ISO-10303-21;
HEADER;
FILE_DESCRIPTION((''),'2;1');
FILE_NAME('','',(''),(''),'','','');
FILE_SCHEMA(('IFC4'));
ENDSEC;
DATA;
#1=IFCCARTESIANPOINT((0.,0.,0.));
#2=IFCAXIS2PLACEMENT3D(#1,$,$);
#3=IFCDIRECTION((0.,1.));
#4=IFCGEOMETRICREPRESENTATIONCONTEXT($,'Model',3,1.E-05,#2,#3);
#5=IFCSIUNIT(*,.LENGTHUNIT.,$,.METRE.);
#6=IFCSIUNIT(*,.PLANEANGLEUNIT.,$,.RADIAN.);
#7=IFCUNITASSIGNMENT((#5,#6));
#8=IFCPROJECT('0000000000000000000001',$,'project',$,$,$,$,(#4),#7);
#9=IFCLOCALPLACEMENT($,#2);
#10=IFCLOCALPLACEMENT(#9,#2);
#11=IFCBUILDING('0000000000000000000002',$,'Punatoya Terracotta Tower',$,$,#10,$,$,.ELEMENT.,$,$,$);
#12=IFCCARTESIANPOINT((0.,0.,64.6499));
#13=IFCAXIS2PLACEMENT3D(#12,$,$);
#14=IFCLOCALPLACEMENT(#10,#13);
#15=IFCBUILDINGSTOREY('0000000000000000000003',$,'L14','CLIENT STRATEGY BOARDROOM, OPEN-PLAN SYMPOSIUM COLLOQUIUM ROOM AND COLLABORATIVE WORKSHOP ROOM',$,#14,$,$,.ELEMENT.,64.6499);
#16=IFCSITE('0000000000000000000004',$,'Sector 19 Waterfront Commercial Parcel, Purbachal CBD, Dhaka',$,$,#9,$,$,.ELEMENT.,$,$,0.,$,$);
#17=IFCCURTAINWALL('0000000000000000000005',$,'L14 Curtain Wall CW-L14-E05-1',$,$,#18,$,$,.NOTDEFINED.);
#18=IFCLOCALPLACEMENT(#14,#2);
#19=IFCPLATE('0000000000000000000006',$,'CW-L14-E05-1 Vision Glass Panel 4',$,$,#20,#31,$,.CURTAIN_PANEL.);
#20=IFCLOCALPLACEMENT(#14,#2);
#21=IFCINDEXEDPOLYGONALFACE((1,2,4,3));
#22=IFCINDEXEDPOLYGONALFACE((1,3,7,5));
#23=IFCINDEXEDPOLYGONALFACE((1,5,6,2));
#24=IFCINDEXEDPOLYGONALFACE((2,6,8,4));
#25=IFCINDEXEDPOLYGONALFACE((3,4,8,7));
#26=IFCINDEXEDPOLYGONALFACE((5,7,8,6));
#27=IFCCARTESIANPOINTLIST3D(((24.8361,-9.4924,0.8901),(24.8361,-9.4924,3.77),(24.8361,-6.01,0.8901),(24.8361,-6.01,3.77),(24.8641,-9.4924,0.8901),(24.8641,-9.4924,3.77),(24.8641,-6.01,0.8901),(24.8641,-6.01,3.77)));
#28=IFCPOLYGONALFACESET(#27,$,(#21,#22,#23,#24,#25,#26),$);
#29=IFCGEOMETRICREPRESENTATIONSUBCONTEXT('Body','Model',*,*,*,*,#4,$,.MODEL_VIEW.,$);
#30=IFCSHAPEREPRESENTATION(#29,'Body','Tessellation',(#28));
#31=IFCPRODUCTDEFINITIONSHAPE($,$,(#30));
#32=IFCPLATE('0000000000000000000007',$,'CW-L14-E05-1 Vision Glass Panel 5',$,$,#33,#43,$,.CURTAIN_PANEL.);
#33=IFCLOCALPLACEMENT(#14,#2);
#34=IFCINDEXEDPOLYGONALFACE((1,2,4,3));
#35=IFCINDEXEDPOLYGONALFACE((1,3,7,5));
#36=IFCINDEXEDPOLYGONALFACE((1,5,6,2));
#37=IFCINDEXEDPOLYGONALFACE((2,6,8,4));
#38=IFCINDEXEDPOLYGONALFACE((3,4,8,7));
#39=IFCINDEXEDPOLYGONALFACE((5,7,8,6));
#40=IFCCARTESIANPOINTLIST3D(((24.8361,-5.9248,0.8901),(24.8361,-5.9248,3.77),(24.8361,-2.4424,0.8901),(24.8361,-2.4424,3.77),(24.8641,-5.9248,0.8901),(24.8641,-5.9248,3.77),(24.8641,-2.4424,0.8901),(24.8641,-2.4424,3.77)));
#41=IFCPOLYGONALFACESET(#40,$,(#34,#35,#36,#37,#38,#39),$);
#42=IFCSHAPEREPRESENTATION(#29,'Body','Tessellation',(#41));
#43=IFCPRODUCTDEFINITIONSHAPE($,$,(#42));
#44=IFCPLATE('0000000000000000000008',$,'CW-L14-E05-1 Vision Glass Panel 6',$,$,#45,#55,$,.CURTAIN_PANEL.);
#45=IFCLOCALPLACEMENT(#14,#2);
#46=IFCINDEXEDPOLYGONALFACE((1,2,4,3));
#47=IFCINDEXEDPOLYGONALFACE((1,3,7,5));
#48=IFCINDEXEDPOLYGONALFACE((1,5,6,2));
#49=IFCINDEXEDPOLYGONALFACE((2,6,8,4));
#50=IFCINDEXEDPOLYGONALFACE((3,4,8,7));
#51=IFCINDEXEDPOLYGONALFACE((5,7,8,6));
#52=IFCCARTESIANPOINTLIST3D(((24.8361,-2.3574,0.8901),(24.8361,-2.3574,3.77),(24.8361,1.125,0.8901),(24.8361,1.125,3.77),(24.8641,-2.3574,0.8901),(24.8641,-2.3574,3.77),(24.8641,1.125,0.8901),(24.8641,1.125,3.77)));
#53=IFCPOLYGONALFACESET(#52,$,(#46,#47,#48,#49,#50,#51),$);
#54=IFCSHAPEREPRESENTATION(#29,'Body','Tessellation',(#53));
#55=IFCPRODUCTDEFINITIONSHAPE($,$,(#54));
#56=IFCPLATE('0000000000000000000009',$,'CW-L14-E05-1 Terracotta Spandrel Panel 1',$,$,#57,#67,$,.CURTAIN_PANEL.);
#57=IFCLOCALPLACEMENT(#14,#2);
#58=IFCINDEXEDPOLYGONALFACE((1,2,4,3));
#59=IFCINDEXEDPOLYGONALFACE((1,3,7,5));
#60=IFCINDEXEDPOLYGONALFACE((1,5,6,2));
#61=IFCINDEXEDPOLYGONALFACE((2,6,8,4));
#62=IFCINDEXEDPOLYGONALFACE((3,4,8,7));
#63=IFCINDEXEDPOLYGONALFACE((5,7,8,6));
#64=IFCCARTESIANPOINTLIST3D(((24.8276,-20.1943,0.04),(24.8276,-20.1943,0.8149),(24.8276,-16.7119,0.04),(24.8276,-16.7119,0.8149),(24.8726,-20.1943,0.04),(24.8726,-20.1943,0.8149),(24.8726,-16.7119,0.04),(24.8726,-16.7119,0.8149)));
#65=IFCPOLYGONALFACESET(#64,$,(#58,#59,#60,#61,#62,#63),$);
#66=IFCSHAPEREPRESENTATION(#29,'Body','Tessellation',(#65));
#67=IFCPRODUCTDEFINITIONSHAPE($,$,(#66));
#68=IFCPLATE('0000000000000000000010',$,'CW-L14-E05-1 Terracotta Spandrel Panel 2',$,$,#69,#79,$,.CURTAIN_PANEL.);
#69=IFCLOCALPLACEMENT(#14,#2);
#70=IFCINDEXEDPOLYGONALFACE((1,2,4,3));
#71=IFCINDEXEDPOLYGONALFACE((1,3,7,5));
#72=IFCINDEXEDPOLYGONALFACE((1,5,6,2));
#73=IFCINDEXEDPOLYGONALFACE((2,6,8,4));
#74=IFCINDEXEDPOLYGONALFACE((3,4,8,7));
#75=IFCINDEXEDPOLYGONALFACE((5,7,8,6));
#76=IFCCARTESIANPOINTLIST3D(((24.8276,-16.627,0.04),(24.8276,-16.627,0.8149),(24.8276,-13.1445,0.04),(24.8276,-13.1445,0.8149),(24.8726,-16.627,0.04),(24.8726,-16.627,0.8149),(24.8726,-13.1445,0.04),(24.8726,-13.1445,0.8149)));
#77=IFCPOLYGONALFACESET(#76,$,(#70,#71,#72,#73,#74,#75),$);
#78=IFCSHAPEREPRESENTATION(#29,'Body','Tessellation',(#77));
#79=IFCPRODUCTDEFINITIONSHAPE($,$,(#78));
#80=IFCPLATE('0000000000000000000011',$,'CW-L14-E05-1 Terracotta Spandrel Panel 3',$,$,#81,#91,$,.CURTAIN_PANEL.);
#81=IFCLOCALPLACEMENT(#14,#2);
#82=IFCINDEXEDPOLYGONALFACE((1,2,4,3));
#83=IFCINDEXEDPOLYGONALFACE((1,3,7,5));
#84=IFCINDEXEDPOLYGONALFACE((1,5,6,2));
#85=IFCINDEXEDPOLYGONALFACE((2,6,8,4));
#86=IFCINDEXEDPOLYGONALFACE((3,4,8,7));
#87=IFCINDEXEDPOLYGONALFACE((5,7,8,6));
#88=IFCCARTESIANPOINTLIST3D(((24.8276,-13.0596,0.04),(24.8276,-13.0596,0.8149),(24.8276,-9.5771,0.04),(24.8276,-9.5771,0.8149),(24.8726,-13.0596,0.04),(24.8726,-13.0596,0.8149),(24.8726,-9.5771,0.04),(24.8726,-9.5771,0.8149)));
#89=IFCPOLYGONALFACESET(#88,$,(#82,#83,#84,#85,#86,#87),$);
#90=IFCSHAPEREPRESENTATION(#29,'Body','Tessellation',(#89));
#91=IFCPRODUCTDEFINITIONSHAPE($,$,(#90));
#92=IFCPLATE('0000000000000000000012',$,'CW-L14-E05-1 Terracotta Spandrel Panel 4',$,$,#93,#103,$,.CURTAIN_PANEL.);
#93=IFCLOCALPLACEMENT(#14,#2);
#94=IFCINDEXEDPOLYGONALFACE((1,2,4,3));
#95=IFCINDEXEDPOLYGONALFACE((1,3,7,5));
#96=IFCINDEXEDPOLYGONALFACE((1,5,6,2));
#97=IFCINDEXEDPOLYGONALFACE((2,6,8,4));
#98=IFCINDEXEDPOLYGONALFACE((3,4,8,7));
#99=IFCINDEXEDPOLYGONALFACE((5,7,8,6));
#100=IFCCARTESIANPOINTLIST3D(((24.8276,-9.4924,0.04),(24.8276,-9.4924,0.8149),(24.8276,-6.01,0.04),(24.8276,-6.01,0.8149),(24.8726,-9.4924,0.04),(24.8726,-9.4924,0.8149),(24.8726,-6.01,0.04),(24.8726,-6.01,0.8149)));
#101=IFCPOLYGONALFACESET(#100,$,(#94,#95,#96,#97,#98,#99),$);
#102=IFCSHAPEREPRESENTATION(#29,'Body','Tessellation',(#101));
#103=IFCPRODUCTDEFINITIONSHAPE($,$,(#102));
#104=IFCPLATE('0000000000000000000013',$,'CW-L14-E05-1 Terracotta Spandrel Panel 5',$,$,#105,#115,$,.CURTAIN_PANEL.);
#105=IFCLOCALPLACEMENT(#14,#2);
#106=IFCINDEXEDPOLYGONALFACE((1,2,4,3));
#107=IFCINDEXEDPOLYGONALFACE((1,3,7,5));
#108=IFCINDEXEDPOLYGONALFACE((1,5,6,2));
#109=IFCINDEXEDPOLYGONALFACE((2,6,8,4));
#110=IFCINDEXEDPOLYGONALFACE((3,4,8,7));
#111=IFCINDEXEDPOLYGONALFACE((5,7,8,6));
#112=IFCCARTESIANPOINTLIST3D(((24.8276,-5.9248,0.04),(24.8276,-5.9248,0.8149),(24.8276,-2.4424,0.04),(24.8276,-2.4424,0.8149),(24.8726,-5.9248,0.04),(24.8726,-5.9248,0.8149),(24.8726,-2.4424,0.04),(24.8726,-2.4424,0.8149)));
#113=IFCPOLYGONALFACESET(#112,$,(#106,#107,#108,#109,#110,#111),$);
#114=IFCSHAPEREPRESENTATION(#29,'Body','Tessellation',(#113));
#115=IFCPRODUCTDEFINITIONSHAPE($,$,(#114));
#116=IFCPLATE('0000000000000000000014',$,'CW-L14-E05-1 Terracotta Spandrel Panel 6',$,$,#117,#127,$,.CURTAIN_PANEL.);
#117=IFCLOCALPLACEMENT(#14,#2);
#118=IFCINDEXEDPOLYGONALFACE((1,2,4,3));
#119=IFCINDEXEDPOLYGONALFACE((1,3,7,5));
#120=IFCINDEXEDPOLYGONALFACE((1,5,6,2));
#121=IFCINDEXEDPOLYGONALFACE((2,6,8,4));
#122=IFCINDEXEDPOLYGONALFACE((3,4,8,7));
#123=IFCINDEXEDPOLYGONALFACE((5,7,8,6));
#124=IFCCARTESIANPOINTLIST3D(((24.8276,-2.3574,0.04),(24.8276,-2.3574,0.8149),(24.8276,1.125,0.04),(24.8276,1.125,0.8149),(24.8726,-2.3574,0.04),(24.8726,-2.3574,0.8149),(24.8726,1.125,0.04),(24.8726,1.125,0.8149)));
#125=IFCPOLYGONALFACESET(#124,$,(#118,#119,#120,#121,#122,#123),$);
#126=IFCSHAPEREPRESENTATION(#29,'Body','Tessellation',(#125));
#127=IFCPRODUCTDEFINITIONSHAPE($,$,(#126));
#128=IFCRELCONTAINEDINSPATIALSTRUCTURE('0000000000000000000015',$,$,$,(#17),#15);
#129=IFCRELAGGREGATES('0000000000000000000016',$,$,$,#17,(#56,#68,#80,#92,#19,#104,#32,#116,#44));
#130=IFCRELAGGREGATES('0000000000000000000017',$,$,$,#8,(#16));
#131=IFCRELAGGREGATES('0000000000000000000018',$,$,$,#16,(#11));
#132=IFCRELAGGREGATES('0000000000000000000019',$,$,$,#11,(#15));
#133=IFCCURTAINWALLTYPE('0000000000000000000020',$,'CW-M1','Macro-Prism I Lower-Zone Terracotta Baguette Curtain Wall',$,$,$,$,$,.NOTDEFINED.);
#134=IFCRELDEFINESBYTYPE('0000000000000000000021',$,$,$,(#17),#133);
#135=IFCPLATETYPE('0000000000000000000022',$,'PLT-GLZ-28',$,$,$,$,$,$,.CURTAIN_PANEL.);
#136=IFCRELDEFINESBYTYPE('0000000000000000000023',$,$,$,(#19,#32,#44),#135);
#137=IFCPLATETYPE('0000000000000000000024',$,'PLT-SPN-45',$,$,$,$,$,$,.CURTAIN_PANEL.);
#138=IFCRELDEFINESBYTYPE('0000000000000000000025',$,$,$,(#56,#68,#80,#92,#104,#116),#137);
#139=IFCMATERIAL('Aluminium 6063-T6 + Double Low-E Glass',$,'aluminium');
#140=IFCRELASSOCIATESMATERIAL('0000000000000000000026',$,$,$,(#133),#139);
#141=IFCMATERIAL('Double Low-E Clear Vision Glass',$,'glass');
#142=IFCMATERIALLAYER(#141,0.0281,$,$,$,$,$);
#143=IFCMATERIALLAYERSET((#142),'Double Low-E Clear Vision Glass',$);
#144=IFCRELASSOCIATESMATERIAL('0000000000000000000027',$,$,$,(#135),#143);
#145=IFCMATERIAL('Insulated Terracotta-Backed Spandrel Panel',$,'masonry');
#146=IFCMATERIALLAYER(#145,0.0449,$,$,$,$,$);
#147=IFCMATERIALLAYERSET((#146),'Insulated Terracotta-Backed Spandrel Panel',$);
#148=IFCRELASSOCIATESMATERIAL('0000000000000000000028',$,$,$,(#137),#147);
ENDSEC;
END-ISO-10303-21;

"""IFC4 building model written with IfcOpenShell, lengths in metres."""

from ifc_helpers import new_model, si_unit, direction, frame, origin, origin_2d, place, context, subcontext, project, spatial, rectangle, extrude, material, layer, layer_set, type_object, element, aggregate, save


model = new_model("IFC4")

# Units and contexts
model_context = context("Model", 3, precision=1e-05, world=origin(), true_north=direction((0.0, 1.0)))
body_context = subcontext(model_context, "Body", "Model", "MODEL_VIEW")
ifc_project = project(units=[si_unit("LENGTHUNIT", "METRE"), si_unit("PLANEANGLEUNIT", "RADIAN")], contexts=[model_context])

# Site, building, storey
site_placement = place(None, origin())
site = spatial("IfcSite", under=ifc_project, at=site_placement, Name="Sector 19 Waterfront Commercial Parcel, Purbachal CBD, Dhaka", CompositionType="ELEMENT", RefElevation=0.0)
building_placement = place(site_placement, origin())
building = spatial("IfcBuilding", under=site, at=building_placement, Name="Punatoya Terracotta Tower", CompositionType="ELEMENT")
storey_placement = place(building_placement, frame((0.0, 0.0, 64.6499)))
storey = spatial("IfcBuildingStorey", under=building, at=storey_placement, Name="L14", Description="CLIENT STRATEGY BOARDROOM, OPEN-PLAN SYMPOSIUM COLLOQUIUM ROOM AND COLLABORATIVE WORKSHOP ROOM", CompositionType="ELEMENT", Elevation=64.6499)

# Curtain wall, plates
ifc_material_1 = material(Name="Aluminium 6063-T6 + Double Low-E Glass", Category="aluminium")
curtain_wall_type = type_object("IfcCurtainWallType", Name="CW-M1", Description="Macro-Prism I Lower-Zone Terracotta Baguette Curtain Wall", PredefinedType="NOTDEFINED", material=ifc_material_1)
curtain_wall_placement = place(storey_placement, origin())
curtain_wall = element("IfcCurtainWall", 1, at=curtain_wall_placement, inside=storey, type_object=curtain_wall_type, Name="L14 Curtain Wall CW-L14-E05-1", PredefinedType="NOTDEFINED")
ifc_material_2 = material(Name="Double Low-E Clear Vision Glass", Category="glass")
ifc_layer_1 = layer(ifc_material_2, 0.0281)
ifc_layer_set_1 = layer_set([ifc_layer_1], Name="Double Low-E Clear Vision Glass")
plate_type_1 = type_object("IfcPlateType", Name="PLT-GLZ-28", PredefinedType="CURTAIN_PANEL", material=ifc_layer_set_1)
plate_1_placement = place(storey_placement, frame((24.8501, -7.7512, 0.8901), z_axis=(0.0, 0.0, 1.0), x_axis=(0.0, 1.0, 0.0)))
plate_1 = element("IfcPlate", 2, at=plate_1_placement, type_object=plate_type_1, Name="CW-L14-E05-1 Vision Glass Panel 4", PredefinedType="CURTAIN_PANEL", context=body_context, shape_type="SweptSolid", body=[
    extrude(rectangle(XDim=3.4824, YDim=0.0281, at=origin_2d()), origin(), (0.0, 0.0, 1.0), 2.8799),
])
plate_2_placement = place(storey_placement, frame((24.8501, -4.1836, 0.8901), z_axis=(0.0, 0.0, 1.0), x_axis=(0.0, 1.0, 0.0)))
plate_2 = element("IfcPlate", 3, at=plate_2_placement, type_object=plate_type_1, Name="CW-L14-E05-1 Vision Glass Panel 5", PredefinedType="CURTAIN_PANEL", context=body_context, shape_type="SweptSolid", body=[
    extrude(rectangle(XDim=3.4824, YDim=0.0281, at=origin_2d()), origin(), (0.0, 0.0, 1.0), 2.8799),
])
plate_3_placement = place(storey_placement, frame((24.8501, -0.6162, 0.8901), z_axis=(0.0, 0.0, 1.0), x_axis=(0.0, 1.0, 0.0)))
plate_3 = element("IfcPlate", 4, at=plate_3_placement, type_object=plate_type_1, Name="CW-L14-E05-1 Vision Glass Panel 6", PredefinedType="CURTAIN_PANEL", context=body_context, shape_type="SweptSolid", body=[
    extrude(rectangle(XDim=3.4824, YDim=0.0281, at=origin_2d()), origin(), (0.0, 0.0, 1.0), 2.8799),
])
ifc_material_3 = material(Name="Insulated Terracotta-Backed Spandrel Panel", Category="masonry")
ifc_layer_2 = layer(ifc_material_3, 0.0449)
ifc_layer_set_2 = layer_set([ifc_layer_2], Name="Insulated Terracotta-Backed Spandrel Panel")
plate_type_2 = type_object("IfcPlateType", Name="PLT-SPN-45", PredefinedType="CURTAIN_PANEL", material=ifc_layer_set_2)
plate_4_placement = place(storey_placement, frame((24.8501, -18.4531, 0.04), z_axis=(0.0, 0.0, 1.0), x_axis=(0.0, 1.0, 0.0)))
plate_4 = element("IfcPlate", 5, at=plate_4_placement, type_object=plate_type_2, Name="CW-L14-E05-1 Terracotta Spandrel Panel 1", PredefinedType="CURTAIN_PANEL", context=body_context, shape_type="SweptSolid", body=[
    extrude(rectangle(XDim=3.4824, YDim=0.0449, at=origin_2d()), origin(), (0.0, 0.0, 1.0), 0.7749),
])
plate_5_placement = place(storey_placement, frame((24.8501, -14.8857, 0.04), z_axis=(0.0, 0.0, 1.0), x_axis=(0.0, 1.0, 0.0)))
plate_5 = element("IfcPlate", 6, at=plate_5_placement, type_object=plate_type_2, Name="CW-L14-E05-1 Terracotta Spandrel Panel 2", PredefinedType="CURTAIN_PANEL", context=body_context, shape_type="SweptSolid", body=[
    extrude(rectangle(XDim=3.4824, YDim=0.0449, at=origin_2d()), origin(), (0.0, 0.0, 1.0), 0.7749),
])
plate_6_placement = place(storey_placement, frame((24.8501, -11.3184, 0.04), z_axis=(0.0, 0.0, 1.0), x_axis=(0.0, 1.0, 0.0)))
plate_6 = element("IfcPlate", 7, at=plate_6_placement, type_object=plate_type_2, Name="CW-L14-E05-1 Terracotta Spandrel Panel 3", PredefinedType="CURTAIN_PANEL", context=body_context, shape_type="SweptSolid", body=[
    extrude(rectangle(XDim=3.4824, YDim=0.0449, at=origin_2d()), origin(), (0.0, 0.0, 1.0), 0.7749),
])
plate_7_placement = place(storey_placement, frame((24.8501, -7.7512, 0.04), z_axis=(0.0, 0.0, 1.0), x_axis=(0.0, 1.0, 0.0)))
plate_7 = element("IfcPlate", 8, at=plate_7_placement, type_object=plate_type_2, Name="CW-L14-E05-1 Terracotta Spandrel Panel 4", PredefinedType="CURTAIN_PANEL", context=body_context, shape_type="SweptSolid", body=[
    extrude(rectangle(XDim=3.4824, YDim=0.0449, at=origin_2d()), origin(), (0.0, 0.0, 1.0), 0.7749),
])
plate_8_placement = place(storey_placement, frame((24.8501, -4.1836, 0.04), z_axis=(0.0, 0.0, 1.0), x_axis=(0.0, 1.0, 0.0)))
plate_8 = element("IfcPlate", 9, at=plate_8_placement, type_object=plate_type_2, Name="CW-L14-E05-1 Terracotta Spandrel Panel 5", PredefinedType="CURTAIN_PANEL", context=body_context, shape_type="SweptSolid", body=[
    extrude(rectangle(XDim=3.4824, YDim=0.0449, at=origin_2d()), origin(), (0.0, 0.0, 1.0), 0.7749),
])
plate_9_placement = place(storey_placement, frame((24.8501, -0.6162, 0.04), z_axis=(0.0, 0.0, 1.0), x_axis=(0.0, 1.0, 0.0)))
plate_9 = element("IfcPlate", 10, at=plate_9_placement, type_object=plate_type_2, Name="CW-L14-E05-1 Terracotta Spandrel Panel 6", PredefinedType="CURTAIN_PANEL", context=body_context, shape_type="SweptSolid", body=[
    extrude(rectangle(XDim=3.4824, YDim=0.0449, at=origin_2d()), origin(), (0.0, 0.0, 1.0), 0.7749),
])
aggregate(curtain_wall, [plate_4, plate_5, plate_6, plate_7, plate_1, plate_8, plate_2, plate_9, plate_3])

save(model, "model.ifc")
